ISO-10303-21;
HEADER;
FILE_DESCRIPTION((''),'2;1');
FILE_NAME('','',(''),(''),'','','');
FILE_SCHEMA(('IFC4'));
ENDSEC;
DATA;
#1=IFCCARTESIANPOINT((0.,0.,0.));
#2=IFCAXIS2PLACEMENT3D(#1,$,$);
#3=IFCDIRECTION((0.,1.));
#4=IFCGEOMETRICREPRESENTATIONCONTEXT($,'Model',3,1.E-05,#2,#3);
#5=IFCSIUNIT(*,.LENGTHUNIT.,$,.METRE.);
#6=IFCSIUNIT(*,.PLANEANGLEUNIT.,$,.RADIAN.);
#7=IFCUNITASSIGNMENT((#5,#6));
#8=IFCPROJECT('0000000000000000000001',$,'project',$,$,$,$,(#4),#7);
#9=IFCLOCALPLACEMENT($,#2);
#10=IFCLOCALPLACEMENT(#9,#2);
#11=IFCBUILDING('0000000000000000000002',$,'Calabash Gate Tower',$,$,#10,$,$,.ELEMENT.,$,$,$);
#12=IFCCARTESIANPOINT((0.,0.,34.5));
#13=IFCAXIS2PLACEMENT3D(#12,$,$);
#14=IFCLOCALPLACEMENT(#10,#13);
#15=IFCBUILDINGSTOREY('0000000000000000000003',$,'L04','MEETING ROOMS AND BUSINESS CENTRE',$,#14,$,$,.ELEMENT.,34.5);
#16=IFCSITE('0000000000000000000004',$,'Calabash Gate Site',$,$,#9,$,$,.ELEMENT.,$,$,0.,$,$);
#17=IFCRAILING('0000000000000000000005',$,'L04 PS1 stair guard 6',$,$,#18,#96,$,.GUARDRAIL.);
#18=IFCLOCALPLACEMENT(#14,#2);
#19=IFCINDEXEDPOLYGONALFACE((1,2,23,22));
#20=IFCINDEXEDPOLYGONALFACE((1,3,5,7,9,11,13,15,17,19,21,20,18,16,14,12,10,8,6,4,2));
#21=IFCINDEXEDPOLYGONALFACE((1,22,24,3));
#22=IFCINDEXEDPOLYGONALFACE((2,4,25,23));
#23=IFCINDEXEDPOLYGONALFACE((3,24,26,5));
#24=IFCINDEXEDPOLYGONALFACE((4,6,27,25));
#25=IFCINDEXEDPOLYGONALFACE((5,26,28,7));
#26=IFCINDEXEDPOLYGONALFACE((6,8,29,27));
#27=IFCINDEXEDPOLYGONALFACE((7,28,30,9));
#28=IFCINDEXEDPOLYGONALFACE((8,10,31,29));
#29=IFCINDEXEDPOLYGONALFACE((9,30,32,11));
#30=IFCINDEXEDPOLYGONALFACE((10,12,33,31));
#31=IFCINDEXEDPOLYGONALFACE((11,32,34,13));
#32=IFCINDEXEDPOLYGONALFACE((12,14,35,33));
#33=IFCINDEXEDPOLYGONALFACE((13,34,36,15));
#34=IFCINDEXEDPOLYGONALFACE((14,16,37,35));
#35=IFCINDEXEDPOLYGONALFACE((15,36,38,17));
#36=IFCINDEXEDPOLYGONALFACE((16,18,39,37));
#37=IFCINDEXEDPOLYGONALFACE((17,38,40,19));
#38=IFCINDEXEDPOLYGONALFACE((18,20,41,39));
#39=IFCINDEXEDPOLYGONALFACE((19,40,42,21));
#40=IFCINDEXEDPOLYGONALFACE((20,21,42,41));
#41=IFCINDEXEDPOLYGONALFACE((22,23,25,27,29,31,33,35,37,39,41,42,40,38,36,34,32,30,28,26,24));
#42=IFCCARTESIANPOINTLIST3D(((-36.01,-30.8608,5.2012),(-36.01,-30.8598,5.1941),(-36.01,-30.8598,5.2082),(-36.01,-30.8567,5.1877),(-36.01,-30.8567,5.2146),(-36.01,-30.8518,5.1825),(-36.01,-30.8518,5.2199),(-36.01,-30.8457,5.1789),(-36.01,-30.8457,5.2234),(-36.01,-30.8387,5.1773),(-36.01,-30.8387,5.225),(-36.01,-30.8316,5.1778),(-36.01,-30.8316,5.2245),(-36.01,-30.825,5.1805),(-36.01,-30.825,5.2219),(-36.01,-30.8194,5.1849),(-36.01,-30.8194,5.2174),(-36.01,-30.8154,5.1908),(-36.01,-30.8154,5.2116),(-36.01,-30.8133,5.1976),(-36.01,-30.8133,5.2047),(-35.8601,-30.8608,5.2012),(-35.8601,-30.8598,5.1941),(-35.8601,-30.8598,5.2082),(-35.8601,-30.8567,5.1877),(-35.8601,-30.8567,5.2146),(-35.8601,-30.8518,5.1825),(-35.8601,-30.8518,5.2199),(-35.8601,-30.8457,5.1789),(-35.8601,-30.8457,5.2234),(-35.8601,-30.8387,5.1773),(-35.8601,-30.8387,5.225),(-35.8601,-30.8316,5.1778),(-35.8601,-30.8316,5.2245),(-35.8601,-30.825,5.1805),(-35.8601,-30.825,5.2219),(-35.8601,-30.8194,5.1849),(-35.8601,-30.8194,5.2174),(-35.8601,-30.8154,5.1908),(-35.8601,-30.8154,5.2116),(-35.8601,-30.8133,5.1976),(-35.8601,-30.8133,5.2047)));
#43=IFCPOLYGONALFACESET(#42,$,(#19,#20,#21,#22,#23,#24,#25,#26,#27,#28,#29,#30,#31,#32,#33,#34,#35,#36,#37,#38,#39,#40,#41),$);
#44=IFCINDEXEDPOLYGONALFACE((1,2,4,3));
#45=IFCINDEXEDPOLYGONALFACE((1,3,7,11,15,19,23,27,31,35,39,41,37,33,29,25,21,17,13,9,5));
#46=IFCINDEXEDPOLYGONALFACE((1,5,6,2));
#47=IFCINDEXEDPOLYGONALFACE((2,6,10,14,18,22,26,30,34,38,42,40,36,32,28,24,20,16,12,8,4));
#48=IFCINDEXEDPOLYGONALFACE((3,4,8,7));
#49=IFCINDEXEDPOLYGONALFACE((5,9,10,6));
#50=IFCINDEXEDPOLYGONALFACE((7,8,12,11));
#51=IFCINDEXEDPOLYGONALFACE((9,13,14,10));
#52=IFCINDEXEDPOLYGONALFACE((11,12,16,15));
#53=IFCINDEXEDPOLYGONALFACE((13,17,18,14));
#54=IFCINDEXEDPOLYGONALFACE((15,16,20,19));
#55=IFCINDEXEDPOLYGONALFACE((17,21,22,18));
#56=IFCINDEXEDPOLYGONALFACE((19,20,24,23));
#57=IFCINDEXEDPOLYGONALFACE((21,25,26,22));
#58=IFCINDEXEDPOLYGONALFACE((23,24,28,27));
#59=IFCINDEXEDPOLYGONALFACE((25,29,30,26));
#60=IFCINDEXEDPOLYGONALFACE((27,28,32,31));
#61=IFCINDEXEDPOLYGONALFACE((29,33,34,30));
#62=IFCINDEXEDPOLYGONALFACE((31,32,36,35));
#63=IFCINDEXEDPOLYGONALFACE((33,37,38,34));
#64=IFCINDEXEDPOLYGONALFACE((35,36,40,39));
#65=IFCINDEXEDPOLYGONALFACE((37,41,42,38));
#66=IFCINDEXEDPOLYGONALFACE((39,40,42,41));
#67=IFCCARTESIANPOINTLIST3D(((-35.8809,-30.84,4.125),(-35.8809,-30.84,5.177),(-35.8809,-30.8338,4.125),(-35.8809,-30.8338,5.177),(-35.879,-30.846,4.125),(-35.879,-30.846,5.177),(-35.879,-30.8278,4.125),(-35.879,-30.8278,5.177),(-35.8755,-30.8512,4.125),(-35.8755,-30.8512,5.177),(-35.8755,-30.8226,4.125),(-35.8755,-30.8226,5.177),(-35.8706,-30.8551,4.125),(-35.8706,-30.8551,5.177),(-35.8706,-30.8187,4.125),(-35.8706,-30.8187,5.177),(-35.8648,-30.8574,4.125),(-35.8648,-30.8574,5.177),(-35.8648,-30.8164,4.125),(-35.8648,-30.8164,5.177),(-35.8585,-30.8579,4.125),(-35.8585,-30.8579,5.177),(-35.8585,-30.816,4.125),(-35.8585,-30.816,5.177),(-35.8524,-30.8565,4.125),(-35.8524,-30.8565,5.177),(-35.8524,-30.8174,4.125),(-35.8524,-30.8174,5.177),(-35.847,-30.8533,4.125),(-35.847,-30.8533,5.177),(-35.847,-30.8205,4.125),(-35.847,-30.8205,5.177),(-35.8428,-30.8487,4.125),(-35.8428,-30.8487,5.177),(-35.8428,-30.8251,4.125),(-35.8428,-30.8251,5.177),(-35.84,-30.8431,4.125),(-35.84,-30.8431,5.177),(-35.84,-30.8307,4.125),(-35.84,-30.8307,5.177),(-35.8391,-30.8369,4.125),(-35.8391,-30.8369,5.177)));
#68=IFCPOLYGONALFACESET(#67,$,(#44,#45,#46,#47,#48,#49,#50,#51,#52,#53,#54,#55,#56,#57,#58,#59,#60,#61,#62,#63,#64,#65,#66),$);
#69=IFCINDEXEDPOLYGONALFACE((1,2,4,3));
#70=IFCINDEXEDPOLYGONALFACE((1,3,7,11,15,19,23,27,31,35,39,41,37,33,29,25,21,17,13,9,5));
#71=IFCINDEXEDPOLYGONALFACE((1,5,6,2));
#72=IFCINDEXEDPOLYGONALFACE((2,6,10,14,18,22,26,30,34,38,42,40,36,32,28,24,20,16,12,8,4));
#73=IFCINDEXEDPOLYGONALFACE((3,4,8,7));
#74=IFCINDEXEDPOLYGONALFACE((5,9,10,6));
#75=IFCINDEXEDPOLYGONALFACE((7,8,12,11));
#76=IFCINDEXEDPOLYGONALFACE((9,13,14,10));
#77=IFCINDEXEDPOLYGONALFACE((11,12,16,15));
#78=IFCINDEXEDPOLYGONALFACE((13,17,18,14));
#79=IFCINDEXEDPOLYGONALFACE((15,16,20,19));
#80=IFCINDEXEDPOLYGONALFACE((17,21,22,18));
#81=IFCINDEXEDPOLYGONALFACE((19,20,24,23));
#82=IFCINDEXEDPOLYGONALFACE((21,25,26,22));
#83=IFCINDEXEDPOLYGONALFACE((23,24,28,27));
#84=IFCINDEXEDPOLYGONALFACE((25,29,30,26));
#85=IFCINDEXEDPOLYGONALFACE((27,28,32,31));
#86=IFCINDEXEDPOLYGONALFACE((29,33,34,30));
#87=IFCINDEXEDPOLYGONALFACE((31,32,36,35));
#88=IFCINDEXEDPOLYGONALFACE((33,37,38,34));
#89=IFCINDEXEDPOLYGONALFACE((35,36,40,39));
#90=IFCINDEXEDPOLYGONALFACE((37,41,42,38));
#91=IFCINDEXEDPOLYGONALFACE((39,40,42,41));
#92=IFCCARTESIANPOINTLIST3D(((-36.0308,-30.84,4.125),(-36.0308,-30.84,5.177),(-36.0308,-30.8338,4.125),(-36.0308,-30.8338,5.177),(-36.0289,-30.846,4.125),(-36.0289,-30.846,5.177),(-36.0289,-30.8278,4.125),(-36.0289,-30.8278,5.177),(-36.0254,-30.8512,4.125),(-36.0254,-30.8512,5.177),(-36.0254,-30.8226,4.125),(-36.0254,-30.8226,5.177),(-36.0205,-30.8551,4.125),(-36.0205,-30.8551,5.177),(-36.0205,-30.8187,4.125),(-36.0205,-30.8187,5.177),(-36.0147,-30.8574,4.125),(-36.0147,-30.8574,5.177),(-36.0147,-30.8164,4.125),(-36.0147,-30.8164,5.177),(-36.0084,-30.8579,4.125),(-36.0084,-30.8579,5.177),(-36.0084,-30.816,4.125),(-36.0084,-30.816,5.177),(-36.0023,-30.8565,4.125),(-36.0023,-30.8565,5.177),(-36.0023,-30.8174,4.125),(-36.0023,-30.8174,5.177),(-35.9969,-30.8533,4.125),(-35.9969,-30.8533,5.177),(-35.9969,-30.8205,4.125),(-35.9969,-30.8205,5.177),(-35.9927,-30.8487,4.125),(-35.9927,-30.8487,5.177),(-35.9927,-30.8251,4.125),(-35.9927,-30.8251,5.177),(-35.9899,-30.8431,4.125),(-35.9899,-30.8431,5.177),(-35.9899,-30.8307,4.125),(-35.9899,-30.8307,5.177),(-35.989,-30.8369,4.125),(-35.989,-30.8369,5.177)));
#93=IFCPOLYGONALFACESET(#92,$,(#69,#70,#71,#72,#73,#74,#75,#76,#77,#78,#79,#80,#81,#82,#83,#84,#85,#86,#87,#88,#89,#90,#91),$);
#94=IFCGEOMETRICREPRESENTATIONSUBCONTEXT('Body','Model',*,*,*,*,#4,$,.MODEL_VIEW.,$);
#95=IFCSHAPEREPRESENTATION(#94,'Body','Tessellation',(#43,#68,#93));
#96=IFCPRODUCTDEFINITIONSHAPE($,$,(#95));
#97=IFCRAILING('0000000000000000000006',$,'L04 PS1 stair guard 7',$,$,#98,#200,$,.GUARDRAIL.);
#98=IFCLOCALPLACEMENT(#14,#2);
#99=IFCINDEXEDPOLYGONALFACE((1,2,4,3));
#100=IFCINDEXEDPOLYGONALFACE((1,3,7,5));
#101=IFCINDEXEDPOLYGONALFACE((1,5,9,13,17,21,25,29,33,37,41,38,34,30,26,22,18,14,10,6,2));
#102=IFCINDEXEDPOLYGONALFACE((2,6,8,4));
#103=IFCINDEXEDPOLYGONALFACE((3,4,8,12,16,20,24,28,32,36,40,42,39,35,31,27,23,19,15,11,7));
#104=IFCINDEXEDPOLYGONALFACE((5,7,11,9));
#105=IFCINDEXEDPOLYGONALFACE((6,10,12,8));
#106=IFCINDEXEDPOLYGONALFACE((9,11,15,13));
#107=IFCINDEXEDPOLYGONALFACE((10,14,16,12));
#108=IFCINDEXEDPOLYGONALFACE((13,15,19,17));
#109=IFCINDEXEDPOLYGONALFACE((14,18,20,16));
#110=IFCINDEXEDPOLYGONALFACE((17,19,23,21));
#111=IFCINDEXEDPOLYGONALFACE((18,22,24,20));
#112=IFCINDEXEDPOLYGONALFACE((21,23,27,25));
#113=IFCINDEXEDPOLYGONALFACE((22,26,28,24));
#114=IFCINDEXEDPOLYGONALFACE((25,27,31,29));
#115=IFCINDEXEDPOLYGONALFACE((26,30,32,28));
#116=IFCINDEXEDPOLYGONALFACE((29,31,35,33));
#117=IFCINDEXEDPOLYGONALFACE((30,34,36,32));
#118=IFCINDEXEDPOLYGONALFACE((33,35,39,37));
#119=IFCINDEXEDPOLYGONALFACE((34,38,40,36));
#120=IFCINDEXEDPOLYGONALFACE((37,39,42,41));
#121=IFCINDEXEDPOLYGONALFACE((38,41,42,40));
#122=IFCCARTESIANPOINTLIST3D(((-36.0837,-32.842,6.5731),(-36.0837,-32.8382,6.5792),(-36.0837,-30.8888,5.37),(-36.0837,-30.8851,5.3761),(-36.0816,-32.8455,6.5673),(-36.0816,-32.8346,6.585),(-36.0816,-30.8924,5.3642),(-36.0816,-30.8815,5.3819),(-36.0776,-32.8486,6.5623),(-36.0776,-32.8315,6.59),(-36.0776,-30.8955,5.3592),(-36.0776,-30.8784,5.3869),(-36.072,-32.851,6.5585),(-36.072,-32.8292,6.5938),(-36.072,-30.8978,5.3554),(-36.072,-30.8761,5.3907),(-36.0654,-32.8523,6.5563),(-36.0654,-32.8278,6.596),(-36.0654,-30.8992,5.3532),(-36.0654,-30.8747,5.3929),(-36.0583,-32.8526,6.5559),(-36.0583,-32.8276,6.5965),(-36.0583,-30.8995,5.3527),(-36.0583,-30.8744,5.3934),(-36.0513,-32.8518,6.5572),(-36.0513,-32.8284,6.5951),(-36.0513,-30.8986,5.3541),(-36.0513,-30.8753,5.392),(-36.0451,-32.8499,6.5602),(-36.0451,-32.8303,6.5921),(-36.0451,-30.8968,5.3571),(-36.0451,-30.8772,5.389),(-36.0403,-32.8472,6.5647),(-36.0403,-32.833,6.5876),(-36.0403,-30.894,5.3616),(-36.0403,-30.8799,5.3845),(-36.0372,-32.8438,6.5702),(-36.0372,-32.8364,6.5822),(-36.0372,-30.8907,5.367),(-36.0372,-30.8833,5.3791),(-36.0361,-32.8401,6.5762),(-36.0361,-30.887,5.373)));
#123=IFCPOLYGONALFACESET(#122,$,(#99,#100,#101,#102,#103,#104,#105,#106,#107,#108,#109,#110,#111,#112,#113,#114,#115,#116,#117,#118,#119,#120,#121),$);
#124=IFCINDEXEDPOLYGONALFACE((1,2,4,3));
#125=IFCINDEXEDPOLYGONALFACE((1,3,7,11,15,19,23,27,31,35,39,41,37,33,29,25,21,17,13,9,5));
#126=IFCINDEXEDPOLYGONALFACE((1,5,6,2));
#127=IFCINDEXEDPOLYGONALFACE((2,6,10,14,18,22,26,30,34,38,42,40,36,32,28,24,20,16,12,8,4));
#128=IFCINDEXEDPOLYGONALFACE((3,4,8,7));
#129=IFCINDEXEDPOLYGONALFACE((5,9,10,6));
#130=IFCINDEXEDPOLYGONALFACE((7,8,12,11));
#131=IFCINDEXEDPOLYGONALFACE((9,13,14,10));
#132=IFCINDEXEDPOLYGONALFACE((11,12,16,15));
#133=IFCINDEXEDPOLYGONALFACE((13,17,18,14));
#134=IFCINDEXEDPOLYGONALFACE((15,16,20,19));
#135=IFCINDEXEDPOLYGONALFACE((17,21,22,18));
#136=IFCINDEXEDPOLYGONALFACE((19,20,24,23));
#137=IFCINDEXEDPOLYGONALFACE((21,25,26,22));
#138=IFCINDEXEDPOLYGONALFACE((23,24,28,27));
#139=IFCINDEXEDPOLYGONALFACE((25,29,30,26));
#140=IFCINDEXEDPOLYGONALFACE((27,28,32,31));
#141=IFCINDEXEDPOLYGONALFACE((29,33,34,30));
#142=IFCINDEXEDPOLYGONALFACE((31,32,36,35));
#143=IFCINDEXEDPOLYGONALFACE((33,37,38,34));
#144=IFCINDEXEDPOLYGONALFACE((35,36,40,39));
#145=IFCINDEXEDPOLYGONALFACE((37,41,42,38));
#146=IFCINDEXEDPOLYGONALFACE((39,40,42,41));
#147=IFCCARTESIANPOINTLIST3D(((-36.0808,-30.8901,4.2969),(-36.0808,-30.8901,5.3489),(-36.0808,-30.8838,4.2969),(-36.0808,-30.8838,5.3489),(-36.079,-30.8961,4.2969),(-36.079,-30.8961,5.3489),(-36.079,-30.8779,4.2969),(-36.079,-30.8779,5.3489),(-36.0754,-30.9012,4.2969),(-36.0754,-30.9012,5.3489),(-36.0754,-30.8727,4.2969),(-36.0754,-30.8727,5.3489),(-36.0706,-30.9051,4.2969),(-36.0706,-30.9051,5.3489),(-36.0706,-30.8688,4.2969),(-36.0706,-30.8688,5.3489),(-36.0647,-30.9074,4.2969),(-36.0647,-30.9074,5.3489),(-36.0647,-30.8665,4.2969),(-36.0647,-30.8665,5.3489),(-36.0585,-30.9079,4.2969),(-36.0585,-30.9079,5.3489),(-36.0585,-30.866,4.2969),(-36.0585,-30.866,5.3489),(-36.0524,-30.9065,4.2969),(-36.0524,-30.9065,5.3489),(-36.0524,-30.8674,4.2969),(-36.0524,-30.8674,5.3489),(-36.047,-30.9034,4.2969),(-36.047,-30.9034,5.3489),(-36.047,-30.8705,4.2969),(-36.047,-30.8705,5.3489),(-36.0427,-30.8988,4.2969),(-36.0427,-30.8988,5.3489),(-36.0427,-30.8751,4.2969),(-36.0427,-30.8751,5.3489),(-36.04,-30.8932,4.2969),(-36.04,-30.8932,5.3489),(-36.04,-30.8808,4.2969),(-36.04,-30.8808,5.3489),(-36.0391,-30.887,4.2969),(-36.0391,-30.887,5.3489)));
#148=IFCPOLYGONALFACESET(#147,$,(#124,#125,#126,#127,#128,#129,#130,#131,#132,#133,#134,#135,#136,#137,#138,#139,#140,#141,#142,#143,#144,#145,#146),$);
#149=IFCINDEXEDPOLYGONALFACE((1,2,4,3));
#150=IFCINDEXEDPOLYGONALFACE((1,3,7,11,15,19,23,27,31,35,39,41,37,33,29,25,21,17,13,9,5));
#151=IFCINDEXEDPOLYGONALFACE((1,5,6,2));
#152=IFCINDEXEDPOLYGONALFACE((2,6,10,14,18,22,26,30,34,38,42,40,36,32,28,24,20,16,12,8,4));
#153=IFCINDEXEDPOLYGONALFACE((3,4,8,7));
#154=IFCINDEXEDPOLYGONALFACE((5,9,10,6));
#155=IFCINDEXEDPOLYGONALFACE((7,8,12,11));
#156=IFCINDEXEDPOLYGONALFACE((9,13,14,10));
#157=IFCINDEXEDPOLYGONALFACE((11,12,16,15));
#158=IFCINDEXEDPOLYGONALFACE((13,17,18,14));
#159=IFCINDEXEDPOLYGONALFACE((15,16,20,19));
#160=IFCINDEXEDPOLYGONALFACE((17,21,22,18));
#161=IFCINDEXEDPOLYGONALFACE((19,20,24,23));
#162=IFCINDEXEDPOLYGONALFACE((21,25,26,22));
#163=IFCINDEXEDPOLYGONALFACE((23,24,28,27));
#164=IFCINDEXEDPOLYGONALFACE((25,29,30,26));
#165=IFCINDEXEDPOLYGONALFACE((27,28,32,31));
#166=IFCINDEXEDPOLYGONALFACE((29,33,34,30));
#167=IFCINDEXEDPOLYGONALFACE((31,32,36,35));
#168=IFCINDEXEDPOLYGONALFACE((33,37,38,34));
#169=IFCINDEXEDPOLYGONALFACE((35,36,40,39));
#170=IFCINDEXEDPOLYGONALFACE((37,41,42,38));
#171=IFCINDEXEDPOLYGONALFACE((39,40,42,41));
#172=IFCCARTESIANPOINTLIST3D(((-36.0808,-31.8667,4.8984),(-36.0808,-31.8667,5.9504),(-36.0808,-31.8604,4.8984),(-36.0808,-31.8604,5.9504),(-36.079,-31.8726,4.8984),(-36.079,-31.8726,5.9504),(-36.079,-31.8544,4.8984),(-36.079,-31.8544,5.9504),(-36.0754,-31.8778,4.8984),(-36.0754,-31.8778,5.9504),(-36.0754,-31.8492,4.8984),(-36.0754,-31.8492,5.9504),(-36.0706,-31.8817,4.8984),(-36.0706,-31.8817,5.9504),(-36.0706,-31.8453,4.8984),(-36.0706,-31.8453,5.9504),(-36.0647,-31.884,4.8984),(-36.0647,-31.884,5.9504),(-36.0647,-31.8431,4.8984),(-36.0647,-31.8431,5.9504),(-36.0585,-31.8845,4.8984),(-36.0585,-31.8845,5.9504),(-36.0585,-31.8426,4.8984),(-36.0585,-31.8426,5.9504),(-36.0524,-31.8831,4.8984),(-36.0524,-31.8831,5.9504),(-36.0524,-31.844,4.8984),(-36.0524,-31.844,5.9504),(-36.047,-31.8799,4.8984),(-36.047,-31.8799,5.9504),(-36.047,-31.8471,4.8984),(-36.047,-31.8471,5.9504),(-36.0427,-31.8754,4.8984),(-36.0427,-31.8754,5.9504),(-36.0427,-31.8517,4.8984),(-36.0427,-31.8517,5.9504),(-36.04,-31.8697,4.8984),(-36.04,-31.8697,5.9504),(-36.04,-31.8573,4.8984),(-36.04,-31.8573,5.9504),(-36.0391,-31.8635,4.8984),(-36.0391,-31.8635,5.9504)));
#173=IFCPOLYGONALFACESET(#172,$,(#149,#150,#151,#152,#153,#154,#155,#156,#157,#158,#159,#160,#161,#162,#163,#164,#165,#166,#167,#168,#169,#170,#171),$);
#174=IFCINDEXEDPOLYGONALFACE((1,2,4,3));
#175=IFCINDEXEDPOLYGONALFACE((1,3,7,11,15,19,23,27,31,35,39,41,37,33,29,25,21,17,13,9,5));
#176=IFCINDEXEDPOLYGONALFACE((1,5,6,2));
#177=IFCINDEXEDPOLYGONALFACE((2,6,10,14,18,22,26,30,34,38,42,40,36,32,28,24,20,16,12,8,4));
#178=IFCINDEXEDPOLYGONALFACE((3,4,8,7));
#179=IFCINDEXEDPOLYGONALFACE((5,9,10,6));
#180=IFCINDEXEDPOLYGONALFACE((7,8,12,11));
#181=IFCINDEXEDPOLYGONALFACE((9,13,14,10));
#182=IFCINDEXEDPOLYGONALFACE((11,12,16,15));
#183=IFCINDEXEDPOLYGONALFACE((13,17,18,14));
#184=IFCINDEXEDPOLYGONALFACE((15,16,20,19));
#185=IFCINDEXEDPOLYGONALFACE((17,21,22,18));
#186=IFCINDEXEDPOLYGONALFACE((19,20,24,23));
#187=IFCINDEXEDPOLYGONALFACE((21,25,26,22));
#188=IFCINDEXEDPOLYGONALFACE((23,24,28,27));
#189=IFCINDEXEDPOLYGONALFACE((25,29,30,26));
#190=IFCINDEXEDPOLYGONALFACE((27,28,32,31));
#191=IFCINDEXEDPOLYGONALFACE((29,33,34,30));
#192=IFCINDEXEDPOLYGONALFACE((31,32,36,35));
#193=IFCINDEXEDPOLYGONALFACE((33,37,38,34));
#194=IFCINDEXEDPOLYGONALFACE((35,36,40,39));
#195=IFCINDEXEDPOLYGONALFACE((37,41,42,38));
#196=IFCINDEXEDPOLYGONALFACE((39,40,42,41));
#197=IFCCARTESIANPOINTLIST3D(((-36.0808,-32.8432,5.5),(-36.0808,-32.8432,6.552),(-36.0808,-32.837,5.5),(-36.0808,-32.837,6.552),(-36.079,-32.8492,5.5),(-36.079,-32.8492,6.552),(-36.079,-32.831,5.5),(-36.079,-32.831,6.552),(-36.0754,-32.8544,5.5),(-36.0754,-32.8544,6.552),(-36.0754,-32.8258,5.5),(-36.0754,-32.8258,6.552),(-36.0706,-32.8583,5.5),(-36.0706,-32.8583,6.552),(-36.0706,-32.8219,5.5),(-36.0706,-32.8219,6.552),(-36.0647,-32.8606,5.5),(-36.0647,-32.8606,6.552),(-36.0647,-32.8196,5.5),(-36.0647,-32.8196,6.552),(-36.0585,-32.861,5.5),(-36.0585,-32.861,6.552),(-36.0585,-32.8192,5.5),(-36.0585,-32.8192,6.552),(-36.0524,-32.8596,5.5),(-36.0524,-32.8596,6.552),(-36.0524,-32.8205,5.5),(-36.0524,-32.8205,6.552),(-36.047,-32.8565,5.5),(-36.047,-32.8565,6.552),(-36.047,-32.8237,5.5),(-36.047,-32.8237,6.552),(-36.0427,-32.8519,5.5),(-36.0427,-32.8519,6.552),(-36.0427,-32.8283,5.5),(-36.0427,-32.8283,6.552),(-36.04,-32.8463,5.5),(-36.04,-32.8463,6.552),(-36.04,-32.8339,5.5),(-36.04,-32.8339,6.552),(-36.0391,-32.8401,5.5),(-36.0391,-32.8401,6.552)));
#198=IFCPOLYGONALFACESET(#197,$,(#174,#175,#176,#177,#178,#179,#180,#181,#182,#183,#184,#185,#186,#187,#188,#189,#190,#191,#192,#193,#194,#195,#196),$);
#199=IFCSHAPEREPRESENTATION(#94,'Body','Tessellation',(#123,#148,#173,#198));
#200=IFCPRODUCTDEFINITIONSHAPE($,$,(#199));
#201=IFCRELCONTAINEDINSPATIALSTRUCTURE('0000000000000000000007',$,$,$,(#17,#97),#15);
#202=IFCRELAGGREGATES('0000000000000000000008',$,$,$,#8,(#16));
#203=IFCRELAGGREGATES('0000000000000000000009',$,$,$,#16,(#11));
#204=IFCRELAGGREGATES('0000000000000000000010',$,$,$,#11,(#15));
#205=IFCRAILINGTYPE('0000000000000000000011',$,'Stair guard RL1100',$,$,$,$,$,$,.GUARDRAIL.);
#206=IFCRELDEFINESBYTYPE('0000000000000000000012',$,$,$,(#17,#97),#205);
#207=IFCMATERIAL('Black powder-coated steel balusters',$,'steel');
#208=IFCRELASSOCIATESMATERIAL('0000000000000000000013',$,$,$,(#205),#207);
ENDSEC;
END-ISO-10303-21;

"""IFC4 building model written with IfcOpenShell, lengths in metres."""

from ifc_helpers import new_model, si_unit, direction, frame, origin, origin_2d, place, context, subcontext, project, spatial, circle, extrude, material, type_object, element, save


model = new_model("IFC4")

# Units and contexts
model_context = context("Model", 3, precision=1e-05, world=origin(), true_north=direction((0.0, 1.0)))
body_context = subcontext(model_context, "Body", "Model", "MODEL_VIEW")
ifc_project = project(units=[si_unit("LENGTHUNIT", "METRE"), si_unit("PLANEANGLEUNIT", "RADIAN")], contexts=[model_context])

# Site, building, storey
site_placement = place(None, origin())
site = spatial("IfcSite", under=ifc_project, at=site_placement, Name="Calabash Gate Site", CompositionType="ELEMENT", RefElevation=0.0)
building_placement = place(site_placement, origin())
building = spatial("IfcBuilding", under=site, at=building_placement, Name="Calabash Gate Tower", CompositionType="ELEMENT")
storey_placement = place(building_placement, frame((0.0, 0.0, 34.5)))
storey = spatial("IfcBuildingStorey", under=building, at=storey_placement, Name="L04", Description="MEETING ROOMS AND BUSINESS CENTRE", CompositionType="ELEMENT", Elevation=34.5)

# Railings
ifc_material_1 = material(Name="Black powder-coated steel balusters", Category="steel")
railing_type_1 = type_object("IfcRailingType", Name="Stair guard RL1100", PredefinedType="GUARDRAIL", material=ifc_material_1)
railing_1_placement = place(storey_placement, frame((-35.8601, -30.8369, 4.125)))
element("IfcRailing", 1, at=railing_1_placement, inside=storey, type_object=railing_type_1, Name="L04 PS1 stair guard 6", PredefinedType="GUARDRAIL", context=body_context, shape_type="SweptSolid", body=[
    extrude(circle(Radius=0.0239, at=origin_2d()), frame((0.0, 0.0, 1.0762), z_axis=(-1.0, 0.0, 0.0), x_axis=(0.0, -1.0, 0.0)), (0.0, 0.0, 1.0), 0.1499),
    extrude(circle(Radius=0.021, at=origin_2d()), origin(), (0.0, 0.0, 1.0), 1.052),
    extrude(circle(Radius=0.021, at=origin_2d()), frame((-0.1499, 0.0, 0.0)), (0.0, 0.0, 1.0), 1.052),
])
railing_2_placement = place(storey_placement, frame((-36.0601, -30.887, 4.2969)))
element("IfcRailing", 2, at=railing_2_placement, inside=storey, type_object=railing_type_1, Name="L04 PS1 stair guard 7", PredefinedType="GUARDRAIL", context=body_context, shape_type="SweptSolid", body=[
    extrude(circle(Radius=0.0239, at=origin_2d()), frame((0.0, 0.0, 1.0762), z_axis=(0.0, -0.851424, 0.524477), x_axis=(1.0, 0.0, 0.0)), (0.0, 0.0, 1.0), 2.2939),
    extrude(circle(Radius=0.021, at=origin_2d()), origin(), (0.0, 0.0, 1.0), 1.052),
    extrude(circle(Radius=0.021, at=origin_2d()), frame((0.0, -0.9766, 0.6016)), (0.0, 0.0, 1.0), 1.052),
    extrude(circle(Radius=0.021, at=origin_2d()), frame((0.0, -1.9531, 1.2031)), (0.0, 0.0, 1.0), 1.052),
])

save(model, "model.ifc")
